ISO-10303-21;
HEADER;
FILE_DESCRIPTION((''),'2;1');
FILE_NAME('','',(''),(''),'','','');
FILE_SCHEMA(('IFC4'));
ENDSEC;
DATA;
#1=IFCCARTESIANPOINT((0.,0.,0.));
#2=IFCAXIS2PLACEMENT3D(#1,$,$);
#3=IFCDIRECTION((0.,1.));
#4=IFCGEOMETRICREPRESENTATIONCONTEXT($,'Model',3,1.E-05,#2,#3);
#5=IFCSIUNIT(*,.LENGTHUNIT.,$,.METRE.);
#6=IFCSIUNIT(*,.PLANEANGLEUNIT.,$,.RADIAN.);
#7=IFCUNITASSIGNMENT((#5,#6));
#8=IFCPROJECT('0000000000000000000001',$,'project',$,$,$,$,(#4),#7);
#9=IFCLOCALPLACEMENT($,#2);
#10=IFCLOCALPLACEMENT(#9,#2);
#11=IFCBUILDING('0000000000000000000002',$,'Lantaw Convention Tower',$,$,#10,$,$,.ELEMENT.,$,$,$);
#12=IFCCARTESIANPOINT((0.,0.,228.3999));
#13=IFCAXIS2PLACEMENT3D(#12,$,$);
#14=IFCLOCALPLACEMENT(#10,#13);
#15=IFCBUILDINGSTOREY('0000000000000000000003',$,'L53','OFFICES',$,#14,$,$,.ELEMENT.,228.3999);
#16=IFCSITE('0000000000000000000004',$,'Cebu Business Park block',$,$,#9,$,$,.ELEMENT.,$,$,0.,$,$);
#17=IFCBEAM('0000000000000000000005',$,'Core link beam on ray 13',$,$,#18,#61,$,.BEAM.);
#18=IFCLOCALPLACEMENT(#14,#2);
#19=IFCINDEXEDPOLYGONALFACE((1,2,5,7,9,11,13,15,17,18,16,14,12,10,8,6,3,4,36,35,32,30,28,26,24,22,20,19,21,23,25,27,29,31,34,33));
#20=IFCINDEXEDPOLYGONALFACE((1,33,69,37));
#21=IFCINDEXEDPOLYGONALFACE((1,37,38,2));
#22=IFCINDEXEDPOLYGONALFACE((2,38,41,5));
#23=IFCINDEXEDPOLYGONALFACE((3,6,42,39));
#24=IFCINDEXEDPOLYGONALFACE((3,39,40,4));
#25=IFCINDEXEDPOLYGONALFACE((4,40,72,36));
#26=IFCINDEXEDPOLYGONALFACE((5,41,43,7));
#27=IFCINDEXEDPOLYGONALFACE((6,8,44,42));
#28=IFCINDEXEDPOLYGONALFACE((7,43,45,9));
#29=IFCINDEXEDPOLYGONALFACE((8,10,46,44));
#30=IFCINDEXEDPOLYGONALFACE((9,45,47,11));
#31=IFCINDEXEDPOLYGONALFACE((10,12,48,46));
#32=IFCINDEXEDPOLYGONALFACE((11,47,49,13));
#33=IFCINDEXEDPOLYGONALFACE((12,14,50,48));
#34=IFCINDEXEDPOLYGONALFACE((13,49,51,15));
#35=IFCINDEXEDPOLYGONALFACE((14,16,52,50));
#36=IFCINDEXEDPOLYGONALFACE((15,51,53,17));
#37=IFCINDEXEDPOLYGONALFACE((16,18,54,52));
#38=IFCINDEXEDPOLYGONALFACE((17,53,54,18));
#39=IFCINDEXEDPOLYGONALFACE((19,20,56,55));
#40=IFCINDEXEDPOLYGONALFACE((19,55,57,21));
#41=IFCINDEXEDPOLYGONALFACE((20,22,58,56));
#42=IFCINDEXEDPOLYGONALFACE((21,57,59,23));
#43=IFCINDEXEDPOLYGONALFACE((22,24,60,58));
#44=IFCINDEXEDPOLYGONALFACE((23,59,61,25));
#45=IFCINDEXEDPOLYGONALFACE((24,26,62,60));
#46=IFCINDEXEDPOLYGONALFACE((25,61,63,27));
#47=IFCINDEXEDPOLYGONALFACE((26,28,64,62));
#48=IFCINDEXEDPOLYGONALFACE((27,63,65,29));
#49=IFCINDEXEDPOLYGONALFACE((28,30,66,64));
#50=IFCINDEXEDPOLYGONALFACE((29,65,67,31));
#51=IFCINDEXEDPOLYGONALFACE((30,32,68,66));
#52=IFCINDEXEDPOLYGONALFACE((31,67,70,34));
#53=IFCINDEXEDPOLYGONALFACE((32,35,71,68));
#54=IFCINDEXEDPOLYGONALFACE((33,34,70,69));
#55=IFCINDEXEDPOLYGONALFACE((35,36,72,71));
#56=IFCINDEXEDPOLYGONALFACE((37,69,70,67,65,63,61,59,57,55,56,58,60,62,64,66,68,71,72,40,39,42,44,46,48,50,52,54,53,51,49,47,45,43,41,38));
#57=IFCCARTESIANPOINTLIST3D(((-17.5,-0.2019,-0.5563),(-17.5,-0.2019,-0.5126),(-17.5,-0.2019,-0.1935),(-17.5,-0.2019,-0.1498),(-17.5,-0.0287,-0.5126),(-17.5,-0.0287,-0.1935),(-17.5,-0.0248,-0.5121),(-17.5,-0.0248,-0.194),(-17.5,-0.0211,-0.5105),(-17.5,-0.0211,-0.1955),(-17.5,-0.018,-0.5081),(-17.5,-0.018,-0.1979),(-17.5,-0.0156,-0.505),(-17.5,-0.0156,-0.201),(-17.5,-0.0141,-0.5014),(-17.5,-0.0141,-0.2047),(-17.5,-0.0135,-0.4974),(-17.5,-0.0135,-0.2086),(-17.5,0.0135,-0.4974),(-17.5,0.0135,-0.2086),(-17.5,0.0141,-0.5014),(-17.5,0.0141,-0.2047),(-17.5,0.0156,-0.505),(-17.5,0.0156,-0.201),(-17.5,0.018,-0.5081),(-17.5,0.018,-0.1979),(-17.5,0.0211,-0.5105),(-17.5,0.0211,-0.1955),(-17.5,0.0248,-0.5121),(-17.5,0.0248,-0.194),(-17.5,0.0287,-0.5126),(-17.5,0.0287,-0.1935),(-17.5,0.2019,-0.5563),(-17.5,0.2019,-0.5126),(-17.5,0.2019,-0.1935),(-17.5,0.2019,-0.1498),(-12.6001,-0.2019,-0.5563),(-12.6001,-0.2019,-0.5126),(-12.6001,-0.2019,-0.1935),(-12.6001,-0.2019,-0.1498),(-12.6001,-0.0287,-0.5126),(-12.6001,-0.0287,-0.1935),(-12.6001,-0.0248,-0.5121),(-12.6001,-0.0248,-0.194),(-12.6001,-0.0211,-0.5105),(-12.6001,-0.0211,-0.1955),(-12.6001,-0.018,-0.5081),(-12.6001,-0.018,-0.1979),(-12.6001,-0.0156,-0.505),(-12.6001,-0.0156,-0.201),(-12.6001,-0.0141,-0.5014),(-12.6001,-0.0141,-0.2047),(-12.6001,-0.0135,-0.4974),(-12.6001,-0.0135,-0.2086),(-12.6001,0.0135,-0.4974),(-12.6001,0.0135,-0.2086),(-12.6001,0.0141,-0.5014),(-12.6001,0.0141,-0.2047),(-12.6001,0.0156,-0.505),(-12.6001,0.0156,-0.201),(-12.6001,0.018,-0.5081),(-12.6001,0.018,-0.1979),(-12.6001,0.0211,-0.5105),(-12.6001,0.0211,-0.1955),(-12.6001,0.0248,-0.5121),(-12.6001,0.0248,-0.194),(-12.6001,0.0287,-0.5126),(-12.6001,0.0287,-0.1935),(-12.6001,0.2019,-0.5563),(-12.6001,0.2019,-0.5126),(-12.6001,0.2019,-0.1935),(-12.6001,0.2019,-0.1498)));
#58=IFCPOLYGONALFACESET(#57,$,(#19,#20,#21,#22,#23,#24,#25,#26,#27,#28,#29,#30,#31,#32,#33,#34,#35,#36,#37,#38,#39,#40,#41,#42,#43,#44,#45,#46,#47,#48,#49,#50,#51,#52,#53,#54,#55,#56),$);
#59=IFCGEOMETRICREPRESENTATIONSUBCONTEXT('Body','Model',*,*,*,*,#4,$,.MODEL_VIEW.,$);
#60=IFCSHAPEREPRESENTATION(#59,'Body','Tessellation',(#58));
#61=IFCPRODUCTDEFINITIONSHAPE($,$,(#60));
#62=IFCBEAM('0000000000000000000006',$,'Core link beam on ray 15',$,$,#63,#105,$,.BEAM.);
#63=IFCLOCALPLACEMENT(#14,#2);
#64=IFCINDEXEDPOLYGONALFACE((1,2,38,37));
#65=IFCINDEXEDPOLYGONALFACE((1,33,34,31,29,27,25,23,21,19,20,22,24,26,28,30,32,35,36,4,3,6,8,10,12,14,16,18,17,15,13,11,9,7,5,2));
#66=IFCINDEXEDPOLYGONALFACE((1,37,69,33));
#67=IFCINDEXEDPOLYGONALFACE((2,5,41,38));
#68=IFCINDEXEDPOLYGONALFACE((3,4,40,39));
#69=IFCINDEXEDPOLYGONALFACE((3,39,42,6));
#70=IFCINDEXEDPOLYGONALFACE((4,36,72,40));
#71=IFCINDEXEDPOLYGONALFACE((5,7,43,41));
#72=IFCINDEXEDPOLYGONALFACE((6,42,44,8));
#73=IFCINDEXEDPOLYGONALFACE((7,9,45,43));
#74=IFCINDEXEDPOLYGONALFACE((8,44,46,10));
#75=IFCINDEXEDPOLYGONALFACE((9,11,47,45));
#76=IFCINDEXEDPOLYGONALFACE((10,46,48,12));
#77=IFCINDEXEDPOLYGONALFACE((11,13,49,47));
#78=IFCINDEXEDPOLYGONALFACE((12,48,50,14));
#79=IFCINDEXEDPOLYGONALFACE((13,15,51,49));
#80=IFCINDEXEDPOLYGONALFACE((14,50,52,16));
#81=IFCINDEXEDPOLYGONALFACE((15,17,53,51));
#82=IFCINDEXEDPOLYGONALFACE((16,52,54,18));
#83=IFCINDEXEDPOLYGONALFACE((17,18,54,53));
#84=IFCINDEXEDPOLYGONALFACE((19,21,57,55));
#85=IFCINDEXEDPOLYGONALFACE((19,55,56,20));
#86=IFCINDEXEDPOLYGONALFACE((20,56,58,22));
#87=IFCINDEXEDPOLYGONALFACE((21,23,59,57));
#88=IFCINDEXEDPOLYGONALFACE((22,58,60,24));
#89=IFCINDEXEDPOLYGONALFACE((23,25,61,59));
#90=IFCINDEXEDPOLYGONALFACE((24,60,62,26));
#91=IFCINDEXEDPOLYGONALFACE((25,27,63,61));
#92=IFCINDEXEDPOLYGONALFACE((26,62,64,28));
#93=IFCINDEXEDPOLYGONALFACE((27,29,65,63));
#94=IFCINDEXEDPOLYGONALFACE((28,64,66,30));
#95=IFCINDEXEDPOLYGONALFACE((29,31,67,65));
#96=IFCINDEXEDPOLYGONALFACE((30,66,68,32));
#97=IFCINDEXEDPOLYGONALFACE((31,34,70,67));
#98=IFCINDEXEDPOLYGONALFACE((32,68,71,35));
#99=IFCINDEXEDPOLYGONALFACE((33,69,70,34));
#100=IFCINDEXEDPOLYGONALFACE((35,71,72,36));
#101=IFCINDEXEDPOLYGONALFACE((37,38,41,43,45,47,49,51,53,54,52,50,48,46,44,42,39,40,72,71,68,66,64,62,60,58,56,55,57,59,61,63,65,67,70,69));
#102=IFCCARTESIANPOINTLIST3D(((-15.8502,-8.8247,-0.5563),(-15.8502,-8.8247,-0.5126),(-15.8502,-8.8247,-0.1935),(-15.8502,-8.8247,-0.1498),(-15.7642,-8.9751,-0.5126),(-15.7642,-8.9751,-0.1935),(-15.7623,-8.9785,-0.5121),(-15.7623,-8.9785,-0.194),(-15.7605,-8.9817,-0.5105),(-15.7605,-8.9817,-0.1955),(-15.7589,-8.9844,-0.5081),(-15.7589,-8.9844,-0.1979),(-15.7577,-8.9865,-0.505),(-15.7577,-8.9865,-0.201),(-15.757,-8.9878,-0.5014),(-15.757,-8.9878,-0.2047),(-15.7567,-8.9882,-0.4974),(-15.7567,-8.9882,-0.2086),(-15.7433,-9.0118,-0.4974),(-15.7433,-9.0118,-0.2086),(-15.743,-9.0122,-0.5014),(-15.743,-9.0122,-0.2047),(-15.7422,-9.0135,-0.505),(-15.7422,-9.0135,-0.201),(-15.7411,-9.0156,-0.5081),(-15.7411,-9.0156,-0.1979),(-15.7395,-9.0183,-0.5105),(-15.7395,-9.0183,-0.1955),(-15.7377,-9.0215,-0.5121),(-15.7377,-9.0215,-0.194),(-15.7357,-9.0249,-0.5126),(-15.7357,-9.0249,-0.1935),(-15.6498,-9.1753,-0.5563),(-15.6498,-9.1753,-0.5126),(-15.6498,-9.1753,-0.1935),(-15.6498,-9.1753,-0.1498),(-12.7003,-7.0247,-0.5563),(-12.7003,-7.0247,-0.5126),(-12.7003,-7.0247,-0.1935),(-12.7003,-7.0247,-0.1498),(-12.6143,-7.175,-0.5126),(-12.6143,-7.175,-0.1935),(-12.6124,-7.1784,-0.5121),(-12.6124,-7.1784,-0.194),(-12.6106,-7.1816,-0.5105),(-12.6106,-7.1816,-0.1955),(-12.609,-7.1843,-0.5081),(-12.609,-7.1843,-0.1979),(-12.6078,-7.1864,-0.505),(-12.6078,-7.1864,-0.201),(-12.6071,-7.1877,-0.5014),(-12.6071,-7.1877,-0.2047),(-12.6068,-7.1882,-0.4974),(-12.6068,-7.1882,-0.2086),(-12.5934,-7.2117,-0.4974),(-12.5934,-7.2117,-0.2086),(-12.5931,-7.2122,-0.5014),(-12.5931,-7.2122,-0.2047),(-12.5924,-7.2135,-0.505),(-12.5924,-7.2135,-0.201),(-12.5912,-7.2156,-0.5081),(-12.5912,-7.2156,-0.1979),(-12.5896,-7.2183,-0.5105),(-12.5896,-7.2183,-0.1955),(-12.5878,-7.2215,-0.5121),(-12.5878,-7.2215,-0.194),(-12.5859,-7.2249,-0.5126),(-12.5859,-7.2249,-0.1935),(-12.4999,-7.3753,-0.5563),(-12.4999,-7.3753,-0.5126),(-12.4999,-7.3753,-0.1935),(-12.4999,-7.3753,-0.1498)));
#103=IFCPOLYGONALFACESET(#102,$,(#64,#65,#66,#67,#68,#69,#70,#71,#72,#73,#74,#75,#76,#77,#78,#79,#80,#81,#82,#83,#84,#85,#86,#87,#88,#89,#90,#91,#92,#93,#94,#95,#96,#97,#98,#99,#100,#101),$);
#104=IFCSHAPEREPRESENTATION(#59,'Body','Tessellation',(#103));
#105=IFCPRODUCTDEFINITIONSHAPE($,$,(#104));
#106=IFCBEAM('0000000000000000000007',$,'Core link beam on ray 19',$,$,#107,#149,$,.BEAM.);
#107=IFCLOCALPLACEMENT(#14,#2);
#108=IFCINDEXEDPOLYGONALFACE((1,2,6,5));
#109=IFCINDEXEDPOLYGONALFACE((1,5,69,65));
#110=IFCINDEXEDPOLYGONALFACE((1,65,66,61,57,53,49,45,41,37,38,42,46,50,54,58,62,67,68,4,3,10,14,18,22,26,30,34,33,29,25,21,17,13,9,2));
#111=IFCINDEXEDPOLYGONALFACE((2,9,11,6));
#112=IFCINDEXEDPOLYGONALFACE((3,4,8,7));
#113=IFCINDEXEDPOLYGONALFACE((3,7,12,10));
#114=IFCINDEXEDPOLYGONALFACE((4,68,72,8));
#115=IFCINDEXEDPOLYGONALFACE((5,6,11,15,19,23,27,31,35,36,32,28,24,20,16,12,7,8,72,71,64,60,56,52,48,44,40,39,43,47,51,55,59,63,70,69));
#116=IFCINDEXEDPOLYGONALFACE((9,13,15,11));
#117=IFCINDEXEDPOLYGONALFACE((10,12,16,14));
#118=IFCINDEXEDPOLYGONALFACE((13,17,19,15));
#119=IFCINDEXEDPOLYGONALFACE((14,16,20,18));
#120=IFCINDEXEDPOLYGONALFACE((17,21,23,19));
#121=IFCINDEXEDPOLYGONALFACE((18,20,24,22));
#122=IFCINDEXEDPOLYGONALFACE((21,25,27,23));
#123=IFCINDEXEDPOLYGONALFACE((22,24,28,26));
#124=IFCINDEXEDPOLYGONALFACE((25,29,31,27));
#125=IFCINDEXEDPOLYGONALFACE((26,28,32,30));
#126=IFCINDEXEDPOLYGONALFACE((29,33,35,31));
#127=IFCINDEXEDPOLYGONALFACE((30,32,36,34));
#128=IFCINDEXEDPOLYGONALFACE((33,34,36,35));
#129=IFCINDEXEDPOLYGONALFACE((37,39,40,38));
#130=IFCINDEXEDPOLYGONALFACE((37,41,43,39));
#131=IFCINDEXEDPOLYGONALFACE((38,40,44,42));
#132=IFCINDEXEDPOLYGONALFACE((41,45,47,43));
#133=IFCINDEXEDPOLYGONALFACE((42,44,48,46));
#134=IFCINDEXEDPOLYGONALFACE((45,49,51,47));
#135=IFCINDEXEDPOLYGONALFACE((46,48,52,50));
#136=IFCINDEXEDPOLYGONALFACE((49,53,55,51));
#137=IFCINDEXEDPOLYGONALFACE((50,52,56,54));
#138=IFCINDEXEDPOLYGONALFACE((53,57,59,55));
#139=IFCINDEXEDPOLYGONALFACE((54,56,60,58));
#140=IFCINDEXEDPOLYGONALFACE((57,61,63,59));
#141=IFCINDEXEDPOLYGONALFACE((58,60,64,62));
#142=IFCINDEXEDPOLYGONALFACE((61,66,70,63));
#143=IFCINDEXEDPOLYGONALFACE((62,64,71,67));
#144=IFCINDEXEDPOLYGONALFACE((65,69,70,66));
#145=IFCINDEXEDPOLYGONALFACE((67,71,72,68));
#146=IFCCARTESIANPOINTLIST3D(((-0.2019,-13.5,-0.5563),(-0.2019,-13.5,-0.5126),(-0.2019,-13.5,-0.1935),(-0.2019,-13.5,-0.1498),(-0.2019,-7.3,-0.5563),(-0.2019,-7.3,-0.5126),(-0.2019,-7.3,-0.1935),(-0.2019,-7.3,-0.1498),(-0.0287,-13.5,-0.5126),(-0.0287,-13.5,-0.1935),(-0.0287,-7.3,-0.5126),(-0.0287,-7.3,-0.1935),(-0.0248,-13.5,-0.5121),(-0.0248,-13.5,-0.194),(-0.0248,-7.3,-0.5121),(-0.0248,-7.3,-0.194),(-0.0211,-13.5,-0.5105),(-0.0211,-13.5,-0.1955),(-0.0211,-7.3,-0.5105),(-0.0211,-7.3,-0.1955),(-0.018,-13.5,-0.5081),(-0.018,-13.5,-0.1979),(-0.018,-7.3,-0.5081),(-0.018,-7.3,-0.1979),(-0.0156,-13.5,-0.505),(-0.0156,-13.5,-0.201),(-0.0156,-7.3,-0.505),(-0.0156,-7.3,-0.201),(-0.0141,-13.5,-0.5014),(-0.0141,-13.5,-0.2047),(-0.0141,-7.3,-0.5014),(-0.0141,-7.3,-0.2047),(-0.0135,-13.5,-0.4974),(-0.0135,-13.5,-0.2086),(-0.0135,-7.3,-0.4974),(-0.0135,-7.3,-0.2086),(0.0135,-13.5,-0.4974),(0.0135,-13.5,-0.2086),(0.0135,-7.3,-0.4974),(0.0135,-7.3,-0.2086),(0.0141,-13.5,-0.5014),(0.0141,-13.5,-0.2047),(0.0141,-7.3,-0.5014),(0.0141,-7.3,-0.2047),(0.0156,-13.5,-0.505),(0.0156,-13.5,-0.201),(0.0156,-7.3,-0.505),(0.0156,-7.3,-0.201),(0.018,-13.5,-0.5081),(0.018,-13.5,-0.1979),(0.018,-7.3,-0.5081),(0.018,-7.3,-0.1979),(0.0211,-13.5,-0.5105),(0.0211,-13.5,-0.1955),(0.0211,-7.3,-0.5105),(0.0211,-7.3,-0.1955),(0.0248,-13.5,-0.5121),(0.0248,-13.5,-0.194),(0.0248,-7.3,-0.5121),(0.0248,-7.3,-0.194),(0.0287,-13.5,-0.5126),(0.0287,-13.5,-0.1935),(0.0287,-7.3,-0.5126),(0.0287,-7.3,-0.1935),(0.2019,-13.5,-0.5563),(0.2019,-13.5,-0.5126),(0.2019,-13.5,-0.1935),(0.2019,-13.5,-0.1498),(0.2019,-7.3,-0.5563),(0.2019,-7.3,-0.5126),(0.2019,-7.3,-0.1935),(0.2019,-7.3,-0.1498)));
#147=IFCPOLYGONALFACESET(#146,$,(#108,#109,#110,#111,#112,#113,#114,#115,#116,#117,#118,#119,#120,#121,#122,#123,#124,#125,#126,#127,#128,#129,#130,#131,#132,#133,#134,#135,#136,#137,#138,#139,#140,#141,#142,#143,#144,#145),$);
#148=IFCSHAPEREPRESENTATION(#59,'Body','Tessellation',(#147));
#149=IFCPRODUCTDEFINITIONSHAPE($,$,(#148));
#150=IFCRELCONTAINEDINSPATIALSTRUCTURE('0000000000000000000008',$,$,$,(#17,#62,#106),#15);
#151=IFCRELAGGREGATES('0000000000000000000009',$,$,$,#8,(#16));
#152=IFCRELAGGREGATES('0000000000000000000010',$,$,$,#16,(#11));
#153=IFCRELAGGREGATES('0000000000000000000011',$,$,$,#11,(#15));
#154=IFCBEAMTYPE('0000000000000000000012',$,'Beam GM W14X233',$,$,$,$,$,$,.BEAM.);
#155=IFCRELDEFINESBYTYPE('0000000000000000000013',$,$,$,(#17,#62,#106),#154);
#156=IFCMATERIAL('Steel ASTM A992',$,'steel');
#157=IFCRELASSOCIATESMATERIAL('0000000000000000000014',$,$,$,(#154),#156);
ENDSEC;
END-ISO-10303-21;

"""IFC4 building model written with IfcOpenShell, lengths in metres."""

from ifc_helpers import new_model, si_unit, direction, frame, origin, origin_2d, place, context, subcontext, project, spatial, i_section, extrude, material, material_profile, profile_set, type_object, element, save


model = new_model("IFC4")

# Units and contexts
model_context = context("Model", 3, precision=1e-05, world=origin(), true_north=direction((0.0, 1.0)))
body_context = subcontext(model_context, "Body", "Model", "MODEL_VIEW")
ifc_project = project(units=[si_unit("LENGTHUNIT", "METRE"), si_unit("PLANEANGLEUNIT", "RADIAN")], contexts=[model_context])

# Site, building, storey
site_placement = place(None, origin())
site = spatial("IfcSite", under=ifc_project, at=site_placement, Name="Cebu Business Park block", CompositionType="ELEMENT", RefElevation=0.0)
building_placement = place(site_placement, origin())
building = spatial("IfcBuilding", under=site, at=building_placement, Name="Lantaw Convention Tower", CompositionType="ELEMENT")
storey_placement = place(building_placement, frame((0.0, 0.0, 228.3999)))
storey = spatial("IfcBuildingStorey", under=building, at=storey_placement, Name="L53", Description="OFFICES", CompositionType="ELEMENT", Elevation=228.3999)

# Beams
ifc_material_1 = material(Name="Steel ASTM A992", Category="steel")
ifc_material_profile_1 = material_profile(ifc_material_1, i_section(OverallWidth=0.4038, OverallDepth=0.4065, WebThickness=0.0271, FlangeThickness=0.0437, FilletRadius=0.0151, at=origin_2d()), Name="W14X233")
ifc_profile_set_1 = profile_set([ifc_material_profile_1], Name="Steel ASTM A992")
beam_type_1 = type_object("IfcBeamType", Name="Beam GM W14X233", PredefinedType="BEAM", material=ifc_profile_set_1)
beam_1_placement = place(storey_placement, frame((-12.6001, 0.0, -0.353), z_axis=(-1.0, 0.0, 0.0), x_axis=(0.0, -1.0, 0.0)))
element("IfcBeam", 1, at=beam_1_placement, inside=storey, type_object=beam_type_1, Name="Core link beam on ray 13", PredefinedType="BEAM", context=body_context, shape_type="SweptSolid", body=[
    extrude(i_section(OverallWidth=0.4038, OverallDepth=0.4065, WebThickness=0.0271, FlangeThickness=0.0437, FilletRadius=0.0151, at=origin_2d()), origin(), (0.0, 0.0, 1.0), 4.8999),
])
beam_2_placement = place(storey_placement, frame((-12.6001, -7.2, -0.353), z_axis=(-0.868231, -0.496161, 0.0), x_axis=(0.496161, -0.868231, 0.0)))
element("IfcBeam", 2, at=beam_2_placement, inside=storey, type_object=beam_type_1, Name="Core link beam on ray 15", PredefinedType="BEAM", context=body_context, shape_type="SweptSolid", body=[
    extrude(i_section(OverallWidth=0.4038, OverallDepth=0.4065, WebThickness=0.0271, FlangeThickness=0.0437, FilletRadius=0.0151, at=origin_2d()), origin(), (0.0, 0.0, 1.0), 3.6279),
])
beam_3_placement = place(storey_placement, frame((0.0, -7.3, -0.353), z_axis=(0.0, -1.0, 0.0), x_axis=(1.0, 0.0, 0.0)))
element("IfcBeam", 3, at=beam_3_placement, inside=storey, type_object=beam_type_1, Name="Core link beam on ray 19", PredefinedType="BEAM", context=body_context, shape_type="SweptSolid", body=[
    extrude(i_section(OverallWidth=0.4038, OverallDepth=0.4065, WebThickness=0.0271, FlangeThickness=0.0437, FilletRadius=0.0151, at=origin_2d()), origin(), (0.0, 0.0, 1.0), 6.2),
])

save(model, "model.ifc")
